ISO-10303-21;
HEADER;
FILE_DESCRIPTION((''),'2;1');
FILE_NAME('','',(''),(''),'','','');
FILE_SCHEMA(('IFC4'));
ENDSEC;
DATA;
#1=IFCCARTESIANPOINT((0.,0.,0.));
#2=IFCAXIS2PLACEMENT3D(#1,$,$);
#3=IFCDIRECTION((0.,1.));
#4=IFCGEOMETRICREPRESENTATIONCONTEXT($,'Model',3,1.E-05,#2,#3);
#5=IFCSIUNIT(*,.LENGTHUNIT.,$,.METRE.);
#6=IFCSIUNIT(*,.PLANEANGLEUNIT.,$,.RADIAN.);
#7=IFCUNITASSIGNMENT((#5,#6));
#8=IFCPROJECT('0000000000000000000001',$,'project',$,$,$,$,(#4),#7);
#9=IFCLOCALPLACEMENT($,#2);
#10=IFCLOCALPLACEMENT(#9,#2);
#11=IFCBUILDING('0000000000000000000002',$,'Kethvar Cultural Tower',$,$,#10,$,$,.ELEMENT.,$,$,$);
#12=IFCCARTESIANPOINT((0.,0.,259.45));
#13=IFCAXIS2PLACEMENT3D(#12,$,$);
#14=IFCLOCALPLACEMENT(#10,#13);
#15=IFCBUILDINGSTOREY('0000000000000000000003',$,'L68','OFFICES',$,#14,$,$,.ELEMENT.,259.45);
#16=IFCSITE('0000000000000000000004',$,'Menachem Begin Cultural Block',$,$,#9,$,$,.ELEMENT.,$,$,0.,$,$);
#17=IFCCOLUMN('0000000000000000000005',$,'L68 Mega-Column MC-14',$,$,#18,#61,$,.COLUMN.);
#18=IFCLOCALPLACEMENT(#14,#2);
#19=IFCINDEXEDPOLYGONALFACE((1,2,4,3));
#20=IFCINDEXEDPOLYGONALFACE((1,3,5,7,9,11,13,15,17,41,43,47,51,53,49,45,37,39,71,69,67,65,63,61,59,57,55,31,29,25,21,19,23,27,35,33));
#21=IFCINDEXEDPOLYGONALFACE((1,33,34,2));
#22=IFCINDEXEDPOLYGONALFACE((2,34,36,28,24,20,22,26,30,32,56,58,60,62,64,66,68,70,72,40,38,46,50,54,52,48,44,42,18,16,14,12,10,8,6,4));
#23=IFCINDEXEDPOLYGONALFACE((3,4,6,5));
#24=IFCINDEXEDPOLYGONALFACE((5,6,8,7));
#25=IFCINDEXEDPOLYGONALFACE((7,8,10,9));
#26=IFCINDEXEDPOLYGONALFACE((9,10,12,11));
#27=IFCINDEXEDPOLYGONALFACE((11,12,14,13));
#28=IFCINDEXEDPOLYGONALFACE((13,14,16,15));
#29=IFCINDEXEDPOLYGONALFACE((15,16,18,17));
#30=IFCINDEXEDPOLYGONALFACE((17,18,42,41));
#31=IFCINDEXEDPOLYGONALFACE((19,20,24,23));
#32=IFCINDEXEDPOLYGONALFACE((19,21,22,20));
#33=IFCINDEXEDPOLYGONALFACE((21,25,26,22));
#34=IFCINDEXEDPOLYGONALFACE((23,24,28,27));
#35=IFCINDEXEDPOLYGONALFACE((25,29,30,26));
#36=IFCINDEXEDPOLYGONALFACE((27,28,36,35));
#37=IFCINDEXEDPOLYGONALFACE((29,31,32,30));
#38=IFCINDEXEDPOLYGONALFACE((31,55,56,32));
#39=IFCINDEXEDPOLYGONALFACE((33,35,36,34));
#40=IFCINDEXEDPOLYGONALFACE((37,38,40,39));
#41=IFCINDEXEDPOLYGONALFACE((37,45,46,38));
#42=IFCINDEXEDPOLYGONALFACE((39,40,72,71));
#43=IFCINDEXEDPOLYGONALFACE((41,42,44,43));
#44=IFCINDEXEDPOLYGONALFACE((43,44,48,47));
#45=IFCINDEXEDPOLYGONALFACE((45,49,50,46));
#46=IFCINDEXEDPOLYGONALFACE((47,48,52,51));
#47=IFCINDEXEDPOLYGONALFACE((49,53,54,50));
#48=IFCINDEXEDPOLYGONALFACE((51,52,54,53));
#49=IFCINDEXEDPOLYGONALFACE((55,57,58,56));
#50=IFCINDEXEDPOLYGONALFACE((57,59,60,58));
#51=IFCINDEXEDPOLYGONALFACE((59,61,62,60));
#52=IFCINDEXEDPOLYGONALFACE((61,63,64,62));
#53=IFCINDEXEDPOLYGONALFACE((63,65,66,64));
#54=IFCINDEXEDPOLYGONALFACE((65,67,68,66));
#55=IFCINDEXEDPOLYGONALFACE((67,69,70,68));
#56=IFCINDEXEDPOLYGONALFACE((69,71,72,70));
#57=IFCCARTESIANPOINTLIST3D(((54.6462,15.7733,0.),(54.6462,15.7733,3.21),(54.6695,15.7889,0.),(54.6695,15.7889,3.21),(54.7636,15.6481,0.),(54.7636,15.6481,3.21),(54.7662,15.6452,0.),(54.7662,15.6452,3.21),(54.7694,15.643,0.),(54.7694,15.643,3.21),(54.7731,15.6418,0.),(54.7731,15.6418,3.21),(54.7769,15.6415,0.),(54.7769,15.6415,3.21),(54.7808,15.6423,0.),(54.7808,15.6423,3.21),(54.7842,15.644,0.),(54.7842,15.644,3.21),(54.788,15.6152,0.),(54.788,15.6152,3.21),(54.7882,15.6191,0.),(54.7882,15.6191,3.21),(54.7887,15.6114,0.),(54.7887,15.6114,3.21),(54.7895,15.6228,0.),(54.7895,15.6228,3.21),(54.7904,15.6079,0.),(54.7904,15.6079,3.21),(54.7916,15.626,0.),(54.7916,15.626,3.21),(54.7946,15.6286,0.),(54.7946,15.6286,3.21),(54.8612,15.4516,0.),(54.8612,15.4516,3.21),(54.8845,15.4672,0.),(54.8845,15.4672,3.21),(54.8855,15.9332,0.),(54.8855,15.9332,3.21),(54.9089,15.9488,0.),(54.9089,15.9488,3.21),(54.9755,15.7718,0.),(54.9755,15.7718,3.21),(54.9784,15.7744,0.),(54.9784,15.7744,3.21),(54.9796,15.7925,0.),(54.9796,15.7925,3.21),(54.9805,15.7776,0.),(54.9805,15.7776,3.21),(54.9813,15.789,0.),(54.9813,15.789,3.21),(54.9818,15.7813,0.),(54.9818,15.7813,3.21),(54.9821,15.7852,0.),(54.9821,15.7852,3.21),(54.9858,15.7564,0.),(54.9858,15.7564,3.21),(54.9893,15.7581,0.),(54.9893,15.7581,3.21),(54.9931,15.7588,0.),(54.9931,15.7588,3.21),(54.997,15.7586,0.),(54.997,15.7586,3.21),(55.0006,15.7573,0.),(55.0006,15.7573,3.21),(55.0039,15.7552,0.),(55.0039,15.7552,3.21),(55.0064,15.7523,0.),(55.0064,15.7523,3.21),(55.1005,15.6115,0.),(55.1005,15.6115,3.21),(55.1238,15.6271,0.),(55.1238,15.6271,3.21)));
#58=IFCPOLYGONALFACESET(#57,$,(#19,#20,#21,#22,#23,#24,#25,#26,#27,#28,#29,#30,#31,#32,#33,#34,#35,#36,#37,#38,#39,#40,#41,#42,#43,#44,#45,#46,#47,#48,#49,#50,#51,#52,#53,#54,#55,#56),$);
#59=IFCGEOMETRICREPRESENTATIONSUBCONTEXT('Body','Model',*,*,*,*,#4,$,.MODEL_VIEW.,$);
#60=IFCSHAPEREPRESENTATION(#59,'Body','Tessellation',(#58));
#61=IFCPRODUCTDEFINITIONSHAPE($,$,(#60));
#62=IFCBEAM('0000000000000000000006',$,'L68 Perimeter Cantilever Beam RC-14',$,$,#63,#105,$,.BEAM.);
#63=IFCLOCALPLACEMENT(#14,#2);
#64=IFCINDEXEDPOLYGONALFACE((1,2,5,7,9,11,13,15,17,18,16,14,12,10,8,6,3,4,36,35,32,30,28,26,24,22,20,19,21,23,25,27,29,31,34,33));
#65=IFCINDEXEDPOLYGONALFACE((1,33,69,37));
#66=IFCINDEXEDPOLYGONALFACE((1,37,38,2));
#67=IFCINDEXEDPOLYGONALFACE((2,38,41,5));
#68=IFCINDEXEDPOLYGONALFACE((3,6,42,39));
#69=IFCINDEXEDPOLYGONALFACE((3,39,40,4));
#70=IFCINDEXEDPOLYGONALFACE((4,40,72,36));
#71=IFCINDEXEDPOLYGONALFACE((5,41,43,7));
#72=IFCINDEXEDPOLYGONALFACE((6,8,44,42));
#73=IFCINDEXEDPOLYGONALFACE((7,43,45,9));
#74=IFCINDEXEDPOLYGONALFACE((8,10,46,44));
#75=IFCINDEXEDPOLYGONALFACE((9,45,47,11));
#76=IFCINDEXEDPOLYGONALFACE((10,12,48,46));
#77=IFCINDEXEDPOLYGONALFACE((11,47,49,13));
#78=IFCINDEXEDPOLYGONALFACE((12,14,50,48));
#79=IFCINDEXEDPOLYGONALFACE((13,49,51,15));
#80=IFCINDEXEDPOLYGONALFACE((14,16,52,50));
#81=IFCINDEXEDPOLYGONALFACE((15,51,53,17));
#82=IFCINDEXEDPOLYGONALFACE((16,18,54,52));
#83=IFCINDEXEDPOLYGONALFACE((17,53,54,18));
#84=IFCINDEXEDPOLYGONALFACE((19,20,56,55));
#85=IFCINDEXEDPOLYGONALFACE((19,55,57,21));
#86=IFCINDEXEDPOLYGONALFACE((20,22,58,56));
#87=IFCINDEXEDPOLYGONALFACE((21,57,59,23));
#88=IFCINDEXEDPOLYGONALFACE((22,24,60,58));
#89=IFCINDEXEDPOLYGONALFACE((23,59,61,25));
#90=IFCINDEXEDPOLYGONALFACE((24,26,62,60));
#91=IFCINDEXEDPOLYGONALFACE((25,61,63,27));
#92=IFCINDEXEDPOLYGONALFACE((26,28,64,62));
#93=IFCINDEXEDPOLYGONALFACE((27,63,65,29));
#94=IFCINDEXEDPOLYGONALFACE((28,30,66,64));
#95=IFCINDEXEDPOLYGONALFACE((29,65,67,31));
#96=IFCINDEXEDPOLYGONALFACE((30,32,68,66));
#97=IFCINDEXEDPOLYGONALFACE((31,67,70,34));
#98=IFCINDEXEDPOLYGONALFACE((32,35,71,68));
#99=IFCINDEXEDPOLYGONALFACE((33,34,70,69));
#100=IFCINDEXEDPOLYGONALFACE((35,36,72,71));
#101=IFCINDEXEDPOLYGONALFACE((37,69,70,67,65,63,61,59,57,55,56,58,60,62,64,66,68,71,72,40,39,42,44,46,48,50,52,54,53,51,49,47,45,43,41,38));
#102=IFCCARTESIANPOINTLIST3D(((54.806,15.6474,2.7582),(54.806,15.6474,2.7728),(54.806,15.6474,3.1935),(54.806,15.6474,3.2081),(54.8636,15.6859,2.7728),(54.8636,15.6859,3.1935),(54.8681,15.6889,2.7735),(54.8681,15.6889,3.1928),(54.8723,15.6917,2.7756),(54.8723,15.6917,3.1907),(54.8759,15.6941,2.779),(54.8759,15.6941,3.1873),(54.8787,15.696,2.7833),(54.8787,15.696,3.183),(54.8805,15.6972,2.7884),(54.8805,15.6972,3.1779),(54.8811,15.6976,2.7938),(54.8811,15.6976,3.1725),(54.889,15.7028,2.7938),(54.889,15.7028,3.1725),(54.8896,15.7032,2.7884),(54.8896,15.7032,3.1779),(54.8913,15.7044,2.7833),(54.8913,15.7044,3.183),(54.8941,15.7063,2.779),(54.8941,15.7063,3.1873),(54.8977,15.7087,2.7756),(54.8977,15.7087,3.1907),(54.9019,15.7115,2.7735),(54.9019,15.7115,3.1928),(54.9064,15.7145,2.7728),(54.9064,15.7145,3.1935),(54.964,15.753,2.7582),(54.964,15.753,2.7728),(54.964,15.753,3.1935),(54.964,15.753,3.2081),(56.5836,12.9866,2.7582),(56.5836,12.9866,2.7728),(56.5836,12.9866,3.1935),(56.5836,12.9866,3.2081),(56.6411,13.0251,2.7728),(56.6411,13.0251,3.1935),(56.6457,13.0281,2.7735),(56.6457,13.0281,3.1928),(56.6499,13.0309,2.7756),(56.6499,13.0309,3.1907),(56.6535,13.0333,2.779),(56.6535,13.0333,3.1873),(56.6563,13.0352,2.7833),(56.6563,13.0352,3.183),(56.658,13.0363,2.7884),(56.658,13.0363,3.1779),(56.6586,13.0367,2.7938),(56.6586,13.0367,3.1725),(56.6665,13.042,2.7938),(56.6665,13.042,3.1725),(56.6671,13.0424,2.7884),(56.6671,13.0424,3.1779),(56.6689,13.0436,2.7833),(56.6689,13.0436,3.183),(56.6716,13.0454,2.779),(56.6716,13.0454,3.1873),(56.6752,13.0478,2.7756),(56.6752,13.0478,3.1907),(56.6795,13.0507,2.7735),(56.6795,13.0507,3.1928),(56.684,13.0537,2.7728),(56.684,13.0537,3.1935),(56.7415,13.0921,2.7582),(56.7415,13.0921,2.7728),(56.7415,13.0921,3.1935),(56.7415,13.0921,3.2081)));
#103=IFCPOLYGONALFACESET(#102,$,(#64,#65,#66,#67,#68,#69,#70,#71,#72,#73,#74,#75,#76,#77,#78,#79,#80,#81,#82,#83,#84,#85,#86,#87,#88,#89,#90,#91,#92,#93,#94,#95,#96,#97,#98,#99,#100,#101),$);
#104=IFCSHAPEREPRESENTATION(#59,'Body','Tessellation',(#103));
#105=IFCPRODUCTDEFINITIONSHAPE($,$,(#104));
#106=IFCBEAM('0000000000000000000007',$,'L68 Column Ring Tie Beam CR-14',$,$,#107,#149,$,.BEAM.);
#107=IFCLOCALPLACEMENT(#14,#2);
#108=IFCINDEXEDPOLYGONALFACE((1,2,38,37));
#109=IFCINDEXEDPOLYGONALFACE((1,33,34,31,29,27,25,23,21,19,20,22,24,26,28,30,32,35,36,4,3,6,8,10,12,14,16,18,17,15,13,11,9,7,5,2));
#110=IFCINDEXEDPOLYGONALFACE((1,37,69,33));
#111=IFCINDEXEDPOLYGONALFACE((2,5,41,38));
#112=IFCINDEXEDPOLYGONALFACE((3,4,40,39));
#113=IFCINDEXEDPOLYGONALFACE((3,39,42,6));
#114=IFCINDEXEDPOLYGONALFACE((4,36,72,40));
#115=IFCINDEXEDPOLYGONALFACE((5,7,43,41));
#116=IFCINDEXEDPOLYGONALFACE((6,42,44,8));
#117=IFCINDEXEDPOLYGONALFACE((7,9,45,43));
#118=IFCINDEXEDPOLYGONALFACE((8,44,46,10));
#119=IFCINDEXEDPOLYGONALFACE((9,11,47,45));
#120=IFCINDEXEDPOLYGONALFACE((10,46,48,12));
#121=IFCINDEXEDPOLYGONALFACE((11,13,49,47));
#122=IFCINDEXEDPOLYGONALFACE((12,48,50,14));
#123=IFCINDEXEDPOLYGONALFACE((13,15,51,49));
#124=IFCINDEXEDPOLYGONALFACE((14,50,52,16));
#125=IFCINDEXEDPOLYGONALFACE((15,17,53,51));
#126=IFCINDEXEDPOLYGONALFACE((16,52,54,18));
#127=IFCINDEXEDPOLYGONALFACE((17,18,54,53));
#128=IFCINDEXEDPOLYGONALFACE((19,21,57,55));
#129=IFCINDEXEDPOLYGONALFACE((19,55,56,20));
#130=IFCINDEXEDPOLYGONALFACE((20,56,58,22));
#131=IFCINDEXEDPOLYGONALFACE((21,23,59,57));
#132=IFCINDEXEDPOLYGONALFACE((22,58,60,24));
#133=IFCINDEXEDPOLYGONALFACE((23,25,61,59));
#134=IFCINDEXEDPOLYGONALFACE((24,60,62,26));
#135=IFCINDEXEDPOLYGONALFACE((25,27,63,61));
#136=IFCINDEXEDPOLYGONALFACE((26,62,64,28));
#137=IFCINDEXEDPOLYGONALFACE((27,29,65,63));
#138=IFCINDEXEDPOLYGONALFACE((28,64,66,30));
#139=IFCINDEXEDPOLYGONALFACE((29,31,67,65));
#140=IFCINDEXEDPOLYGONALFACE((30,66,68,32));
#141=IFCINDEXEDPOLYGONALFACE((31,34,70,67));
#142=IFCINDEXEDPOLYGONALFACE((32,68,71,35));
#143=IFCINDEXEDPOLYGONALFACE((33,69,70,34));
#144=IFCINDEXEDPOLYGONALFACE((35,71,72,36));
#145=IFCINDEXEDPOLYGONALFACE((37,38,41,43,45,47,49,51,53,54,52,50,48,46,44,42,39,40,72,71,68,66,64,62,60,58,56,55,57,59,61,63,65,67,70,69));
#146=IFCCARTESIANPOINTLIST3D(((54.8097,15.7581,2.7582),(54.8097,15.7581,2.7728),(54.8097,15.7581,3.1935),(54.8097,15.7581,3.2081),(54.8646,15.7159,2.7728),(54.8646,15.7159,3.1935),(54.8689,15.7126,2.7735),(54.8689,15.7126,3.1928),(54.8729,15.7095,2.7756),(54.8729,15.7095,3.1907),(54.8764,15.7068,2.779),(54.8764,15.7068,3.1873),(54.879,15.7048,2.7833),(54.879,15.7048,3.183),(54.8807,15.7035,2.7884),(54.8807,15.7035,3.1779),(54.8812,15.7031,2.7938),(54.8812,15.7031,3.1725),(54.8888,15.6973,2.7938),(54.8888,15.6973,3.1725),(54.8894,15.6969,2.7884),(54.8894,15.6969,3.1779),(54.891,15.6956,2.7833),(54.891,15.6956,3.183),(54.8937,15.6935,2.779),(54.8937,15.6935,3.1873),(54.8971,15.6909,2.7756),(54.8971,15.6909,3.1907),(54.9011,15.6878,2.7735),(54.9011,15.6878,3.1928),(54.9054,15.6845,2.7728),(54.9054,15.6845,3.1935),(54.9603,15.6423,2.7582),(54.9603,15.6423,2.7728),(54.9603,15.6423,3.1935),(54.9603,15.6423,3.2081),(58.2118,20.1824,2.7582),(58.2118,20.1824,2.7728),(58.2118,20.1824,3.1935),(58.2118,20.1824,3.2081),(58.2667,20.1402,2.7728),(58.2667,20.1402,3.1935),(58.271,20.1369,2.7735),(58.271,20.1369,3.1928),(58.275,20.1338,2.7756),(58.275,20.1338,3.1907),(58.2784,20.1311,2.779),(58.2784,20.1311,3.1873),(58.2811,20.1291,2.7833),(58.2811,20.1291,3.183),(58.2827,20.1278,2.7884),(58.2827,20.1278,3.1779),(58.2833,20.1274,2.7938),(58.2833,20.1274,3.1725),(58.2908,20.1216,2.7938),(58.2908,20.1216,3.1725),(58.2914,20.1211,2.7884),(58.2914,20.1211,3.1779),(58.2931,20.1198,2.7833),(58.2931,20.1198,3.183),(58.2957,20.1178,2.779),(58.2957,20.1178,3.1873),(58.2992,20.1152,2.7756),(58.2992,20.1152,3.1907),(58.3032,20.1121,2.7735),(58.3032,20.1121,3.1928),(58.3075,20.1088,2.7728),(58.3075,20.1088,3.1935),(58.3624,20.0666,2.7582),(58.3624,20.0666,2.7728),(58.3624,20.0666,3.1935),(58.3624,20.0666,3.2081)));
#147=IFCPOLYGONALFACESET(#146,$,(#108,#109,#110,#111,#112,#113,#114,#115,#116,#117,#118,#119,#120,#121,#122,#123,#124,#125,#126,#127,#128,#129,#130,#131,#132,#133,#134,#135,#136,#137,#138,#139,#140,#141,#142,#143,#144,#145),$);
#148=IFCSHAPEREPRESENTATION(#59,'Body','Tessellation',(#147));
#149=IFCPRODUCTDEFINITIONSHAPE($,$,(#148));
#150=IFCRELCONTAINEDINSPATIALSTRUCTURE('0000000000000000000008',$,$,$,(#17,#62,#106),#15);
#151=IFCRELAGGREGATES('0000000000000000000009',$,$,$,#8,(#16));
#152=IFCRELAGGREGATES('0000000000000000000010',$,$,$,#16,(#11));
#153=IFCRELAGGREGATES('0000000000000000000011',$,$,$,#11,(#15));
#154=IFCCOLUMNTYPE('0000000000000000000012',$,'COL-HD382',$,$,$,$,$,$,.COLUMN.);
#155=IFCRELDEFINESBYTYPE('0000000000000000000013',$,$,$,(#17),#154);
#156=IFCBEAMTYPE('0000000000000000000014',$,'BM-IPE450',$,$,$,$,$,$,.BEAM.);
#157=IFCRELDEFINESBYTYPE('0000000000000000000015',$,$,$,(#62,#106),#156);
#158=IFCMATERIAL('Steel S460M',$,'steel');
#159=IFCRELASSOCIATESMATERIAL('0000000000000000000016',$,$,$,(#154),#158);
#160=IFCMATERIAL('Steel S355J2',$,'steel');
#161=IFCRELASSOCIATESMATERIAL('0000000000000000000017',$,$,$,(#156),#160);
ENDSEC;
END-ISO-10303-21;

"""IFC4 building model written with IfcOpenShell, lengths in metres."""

from ifc_helpers import new_model, si_unit, direction, frame, origin, origin_2d, place, context, subcontext, project, spatial, i_section, extrude, source, transform, mapped, material, material_profile, profile_set, type_object, element, save


model = new_model("IFC4")

# Units and contexts
model_context = context("Model", 3, precision=1e-05, world=origin(), true_north=direction((0.0, 1.0)))
body_context = subcontext(model_context, "Body", "Model", "MODEL_VIEW")
ifc_project = project(units=[si_unit("LENGTHUNIT", "METRE"), si_unit("PLANEANGLEUNIT", "RADIAN")], contexts=[model_context])

# Site, building, storey
site_placement = place(None, origin())
site = spatial("IfcSite", under=ifc_project, at=site_placement, Name="Menachem Begin Cultural Block", CompositionType="ELEMENT", RefElevation=0.0)
building_placement = place(site_placement, origin())
building = spatial("IfcBuilding", under=site, at=building_placement, Name="Kethvar Cultural Tower", CompositionType="ELEMENT")
storey_placement = place(building_placement, frame((0.0, 0.0, 259.45)))
storey = spatial("IfcBuildingStorey", under=building, at=storey_placement, Name="L68", Description="OFFICES", CompositionType="ELEMENT", Elevation=259.45)

# Column
ifc_material_1 = material(Name="Steel S460M", Category="steel")
ifc_material_profile_1 = material_profile(ifc_material_1, i_section(OverallWidth=0.387, OverallDepth=0.3159, WebThickness=0.0186, FlangeThickness=0.0281, FilletRadius=0.0149, at=origin_2d()), Name="Steel S460M — HD400x382")
ifc_profile_set_1 = profile_set([ifc_material_profile_1], Name="Steel S460M — HD400x382")
column_type = type_object("IfcColumnType", Name="COL-HD382", PredefinedType="COLUMN", material=ifc_profile_set_1)
shared_shape_1 = source(origin(), body_context, "Body", "SweptSolid", [
    extrude(i_section(OverallWidth=0.387, OverallDepth=0.3159, WebThickness=0.0186, FlangeThickness=0.0281, FilletRadius=0.0149, at=origin_2d()), origin(), (0.0, 0.0, 1.0), 3.21),
])
column_placement = place(storey_placement, frame((54.885, 15.7002, 0.0), z_axis=(0.0, 0.0, 1.0), x_axis=(0.55557, -0.83147, 0.0)))
element("IfcColumn", 1, at=column_placement, inside=storey, type_object=column_type, Name="L68 Mega-Column MC-14", PredefinedType="COLUMN", context=body_context, shape_type="MappedRepresentation", body=[
    mapped(shared_shape_1, transform((0.0, 0.0, 0.0), scale=1.0)),
])

# Beams
ifc_material_2 = material(Name="Steel S355J2", Category="steel")
ifc_material_profile_2 = material_profile(ifc_material_2, i_section(OverallWidth=0.1899, OverallDepth=0.45, WebThickness=0.0095, FlangeThickness=0.0146, FilletRadius=0.021, at=origin_2d()), Name="Steel S355J2 — IPE450")
ifc_profile_set_2 = profile_set([ifc_material_profile_2], Name="Steel S355J2 — IPE450")
beam_type_1 = type_object("IfcBeamType", Name="BM-IPE450", PredefinedType="BEAM", material=ifc_profile_set_2)
shared_shape_2 = source(origin(), body_context, "Body", "SweptSolid", [
    extrude(i_section(OverallWidth=0.1899, OverallDepth=0.45, WebThickness=0.0095, FlangeThickness=0.0146, FilletRadius=0.021, at=origin_2d()), origin(), (0.0, 0.0, 1.0), 3.2),
])
beam_1_placement = place(storey_placement, frame((54.885, 15.7002, 2.9832), z_axis=(0.555492, -0.831522, 0.0), x_axis=(0.831522, 0.555492, 0.0)))
element("IfcBeam", 2, at=beam_1_placement, inside=storey, type_object=beam_type_1, Name="L68 Perimeter Cantilever Beam RC-14", PredefinedType="BEAM", context=body_context, shape_type="MappedRepresentation", body=[
    mapped(shared_shape_2, transform((0.0, 0.0, 0.0), scale=1.0)),
])
shared_shape_3 = source(origin(), body_context, "Body", "SweptSolid", [
    extrude(i_section(OverallWidth=0.1899, OverallDepth=0.45, WebThickness=0.0095, FlangeThickness=0.0146, FilletRadius=0.021, at=origin_2d()), origin(), (0.0, 0.0, 1.0), 5.5811),
])
beam_2_placement = place(storey_placement, frame((54.885, 15.7002, 2.9832), z_axis=(0.609573, 0.79273, 0.0), x_axis=(-0.79273, 0.609573, 0.0)))
element("IfcBeam", 3, at=beam_2_placement, inside=storey, type_object=beam_type_1, Name="L68 Column Ring Tie Beam CR-14", PredefinedType="BEAM", context=body_context, shape_type="MappedRepresentation", body=[
    mapped(shared_shape_3, transform((0.0, 0.0, 0.0), scale=1.0)),
])

save(model, "model.ifc")
